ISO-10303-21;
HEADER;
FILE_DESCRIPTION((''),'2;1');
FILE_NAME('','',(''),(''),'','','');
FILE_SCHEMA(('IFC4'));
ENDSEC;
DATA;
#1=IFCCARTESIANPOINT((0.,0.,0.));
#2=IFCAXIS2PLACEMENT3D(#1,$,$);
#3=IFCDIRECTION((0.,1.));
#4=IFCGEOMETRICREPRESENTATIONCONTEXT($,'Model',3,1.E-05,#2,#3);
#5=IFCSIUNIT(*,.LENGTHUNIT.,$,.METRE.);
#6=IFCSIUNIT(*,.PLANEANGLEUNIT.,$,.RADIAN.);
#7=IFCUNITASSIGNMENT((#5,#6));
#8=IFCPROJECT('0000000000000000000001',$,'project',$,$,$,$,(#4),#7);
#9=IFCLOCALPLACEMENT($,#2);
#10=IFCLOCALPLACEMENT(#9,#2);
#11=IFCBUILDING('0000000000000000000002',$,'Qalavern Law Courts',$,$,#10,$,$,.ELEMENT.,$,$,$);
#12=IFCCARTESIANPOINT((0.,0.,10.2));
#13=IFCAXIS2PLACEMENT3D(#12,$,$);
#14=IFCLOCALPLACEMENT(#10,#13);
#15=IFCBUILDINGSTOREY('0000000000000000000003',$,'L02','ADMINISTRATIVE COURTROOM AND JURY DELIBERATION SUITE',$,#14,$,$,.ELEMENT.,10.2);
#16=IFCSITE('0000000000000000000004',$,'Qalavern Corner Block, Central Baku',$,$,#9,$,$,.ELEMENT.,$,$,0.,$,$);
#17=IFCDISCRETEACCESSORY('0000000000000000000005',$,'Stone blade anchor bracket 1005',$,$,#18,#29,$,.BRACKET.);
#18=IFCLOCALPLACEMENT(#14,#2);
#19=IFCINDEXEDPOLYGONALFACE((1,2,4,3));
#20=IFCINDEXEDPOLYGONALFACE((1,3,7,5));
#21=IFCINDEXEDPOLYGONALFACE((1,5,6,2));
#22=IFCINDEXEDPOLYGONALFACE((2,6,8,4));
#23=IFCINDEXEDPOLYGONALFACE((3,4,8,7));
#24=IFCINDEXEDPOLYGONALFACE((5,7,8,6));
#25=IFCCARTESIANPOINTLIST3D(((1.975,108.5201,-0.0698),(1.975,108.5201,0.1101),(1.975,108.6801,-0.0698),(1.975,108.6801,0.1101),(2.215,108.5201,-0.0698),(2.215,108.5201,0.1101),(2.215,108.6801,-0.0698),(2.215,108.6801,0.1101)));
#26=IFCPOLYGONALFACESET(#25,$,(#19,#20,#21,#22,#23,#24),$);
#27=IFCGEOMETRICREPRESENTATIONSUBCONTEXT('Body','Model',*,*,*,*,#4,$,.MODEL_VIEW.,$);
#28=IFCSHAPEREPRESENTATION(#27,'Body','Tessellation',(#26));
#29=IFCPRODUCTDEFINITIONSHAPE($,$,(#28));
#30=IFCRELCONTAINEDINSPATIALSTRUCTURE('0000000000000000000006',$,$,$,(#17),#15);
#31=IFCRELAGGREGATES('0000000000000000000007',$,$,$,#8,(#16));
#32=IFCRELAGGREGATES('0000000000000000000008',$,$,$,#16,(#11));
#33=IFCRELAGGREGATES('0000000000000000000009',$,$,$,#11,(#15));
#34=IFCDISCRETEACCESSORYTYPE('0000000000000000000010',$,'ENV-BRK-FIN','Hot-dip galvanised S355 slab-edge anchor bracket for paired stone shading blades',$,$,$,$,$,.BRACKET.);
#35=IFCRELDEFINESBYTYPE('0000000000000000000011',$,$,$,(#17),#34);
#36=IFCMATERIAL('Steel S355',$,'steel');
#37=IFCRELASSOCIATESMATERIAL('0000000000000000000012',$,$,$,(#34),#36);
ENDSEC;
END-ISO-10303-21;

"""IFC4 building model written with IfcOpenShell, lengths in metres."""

from ifc_helpers import new_model, si_unit, direction, frame, origin, origin_2d, place, context, subcontext, project, spatial, rectangle, extrude, material, type_object, element, save


model = new_model("IFC4")

# Units and contexts
model_context = context("Model", 3, precision=1e-05, world=origin(), true_north=direction((0.0, 1.0)))
body_context = subcontext(model_context, "Body", "Model", "MODEL_VIEW")
ifc_project = project(units=[si_unit("LENGTHUNIT", "METRE"), si_unit("PLANEANGLEUNIT", "RADIAN")], contexts=[model_context])

# Site, building, storey
site_placement = place(None, origin())
site = spatial("IfcSite", under=ifc_project, at=site_placement, Name="Qalavern Corner Block, Central Baku", CompositionType="ELEMENT", RefElevation=0.0)
building_placement = place(site_placement, origin())
building = spatial("IfcBuilding", under=site, at=building_placement, Name="Qalavern Law Courts", CompositionType="ELEMENT")
storey_placement = place(building_placement, frame((0.0, 0.0, 10.2)))
storey = spatial("IfcBuildingStorey", under=building, at=storey_placement, Name="L02", Description="ADMINISTRATIVE COURTROOM AND JURY DELIBERATION SUITE", CompositionType="ELEMENT", Elevation=10.2)

# Shared definitions
ifc_material_1 = material(Name="Steel S355", Category="steel")

# Discrete accessory
discrete_accessory_type = type_object("IfcDiscreteAccessoryType", Name="ENV-BRK-FIN", Description="Hot-dip galvanised S355 slab-edge anchor bracket for paired stone shading blades", PredefinedType="BRACKET", material=ifc_material_1)
for number, where, z_axis, x_axis, name in (
    (1, (2.095, 108.6001, -0.0698), (0.0, 0.0, 1.0), (-1.0, 0.0, 0.0), "Stone blade anchor bracket 1005"),
):
    element("IfcDiscreteAccessory", number, at=place(storey_placement, frame(where, z_axis=z_axis, x_axis=x_axis)), inside=storey, type_object=discrete_accessory_type, Name=name, PredefinedType="BRACKET", context=body_context, shape_type="SweptSolid", body=[
        extrude(rectangle(XDim=0.24, YDim=0.1599, at=origin_2d()), origin(), (0.0, 0.0, 1.0), 0.1799),
    ])

save(model, "model.ifc")
